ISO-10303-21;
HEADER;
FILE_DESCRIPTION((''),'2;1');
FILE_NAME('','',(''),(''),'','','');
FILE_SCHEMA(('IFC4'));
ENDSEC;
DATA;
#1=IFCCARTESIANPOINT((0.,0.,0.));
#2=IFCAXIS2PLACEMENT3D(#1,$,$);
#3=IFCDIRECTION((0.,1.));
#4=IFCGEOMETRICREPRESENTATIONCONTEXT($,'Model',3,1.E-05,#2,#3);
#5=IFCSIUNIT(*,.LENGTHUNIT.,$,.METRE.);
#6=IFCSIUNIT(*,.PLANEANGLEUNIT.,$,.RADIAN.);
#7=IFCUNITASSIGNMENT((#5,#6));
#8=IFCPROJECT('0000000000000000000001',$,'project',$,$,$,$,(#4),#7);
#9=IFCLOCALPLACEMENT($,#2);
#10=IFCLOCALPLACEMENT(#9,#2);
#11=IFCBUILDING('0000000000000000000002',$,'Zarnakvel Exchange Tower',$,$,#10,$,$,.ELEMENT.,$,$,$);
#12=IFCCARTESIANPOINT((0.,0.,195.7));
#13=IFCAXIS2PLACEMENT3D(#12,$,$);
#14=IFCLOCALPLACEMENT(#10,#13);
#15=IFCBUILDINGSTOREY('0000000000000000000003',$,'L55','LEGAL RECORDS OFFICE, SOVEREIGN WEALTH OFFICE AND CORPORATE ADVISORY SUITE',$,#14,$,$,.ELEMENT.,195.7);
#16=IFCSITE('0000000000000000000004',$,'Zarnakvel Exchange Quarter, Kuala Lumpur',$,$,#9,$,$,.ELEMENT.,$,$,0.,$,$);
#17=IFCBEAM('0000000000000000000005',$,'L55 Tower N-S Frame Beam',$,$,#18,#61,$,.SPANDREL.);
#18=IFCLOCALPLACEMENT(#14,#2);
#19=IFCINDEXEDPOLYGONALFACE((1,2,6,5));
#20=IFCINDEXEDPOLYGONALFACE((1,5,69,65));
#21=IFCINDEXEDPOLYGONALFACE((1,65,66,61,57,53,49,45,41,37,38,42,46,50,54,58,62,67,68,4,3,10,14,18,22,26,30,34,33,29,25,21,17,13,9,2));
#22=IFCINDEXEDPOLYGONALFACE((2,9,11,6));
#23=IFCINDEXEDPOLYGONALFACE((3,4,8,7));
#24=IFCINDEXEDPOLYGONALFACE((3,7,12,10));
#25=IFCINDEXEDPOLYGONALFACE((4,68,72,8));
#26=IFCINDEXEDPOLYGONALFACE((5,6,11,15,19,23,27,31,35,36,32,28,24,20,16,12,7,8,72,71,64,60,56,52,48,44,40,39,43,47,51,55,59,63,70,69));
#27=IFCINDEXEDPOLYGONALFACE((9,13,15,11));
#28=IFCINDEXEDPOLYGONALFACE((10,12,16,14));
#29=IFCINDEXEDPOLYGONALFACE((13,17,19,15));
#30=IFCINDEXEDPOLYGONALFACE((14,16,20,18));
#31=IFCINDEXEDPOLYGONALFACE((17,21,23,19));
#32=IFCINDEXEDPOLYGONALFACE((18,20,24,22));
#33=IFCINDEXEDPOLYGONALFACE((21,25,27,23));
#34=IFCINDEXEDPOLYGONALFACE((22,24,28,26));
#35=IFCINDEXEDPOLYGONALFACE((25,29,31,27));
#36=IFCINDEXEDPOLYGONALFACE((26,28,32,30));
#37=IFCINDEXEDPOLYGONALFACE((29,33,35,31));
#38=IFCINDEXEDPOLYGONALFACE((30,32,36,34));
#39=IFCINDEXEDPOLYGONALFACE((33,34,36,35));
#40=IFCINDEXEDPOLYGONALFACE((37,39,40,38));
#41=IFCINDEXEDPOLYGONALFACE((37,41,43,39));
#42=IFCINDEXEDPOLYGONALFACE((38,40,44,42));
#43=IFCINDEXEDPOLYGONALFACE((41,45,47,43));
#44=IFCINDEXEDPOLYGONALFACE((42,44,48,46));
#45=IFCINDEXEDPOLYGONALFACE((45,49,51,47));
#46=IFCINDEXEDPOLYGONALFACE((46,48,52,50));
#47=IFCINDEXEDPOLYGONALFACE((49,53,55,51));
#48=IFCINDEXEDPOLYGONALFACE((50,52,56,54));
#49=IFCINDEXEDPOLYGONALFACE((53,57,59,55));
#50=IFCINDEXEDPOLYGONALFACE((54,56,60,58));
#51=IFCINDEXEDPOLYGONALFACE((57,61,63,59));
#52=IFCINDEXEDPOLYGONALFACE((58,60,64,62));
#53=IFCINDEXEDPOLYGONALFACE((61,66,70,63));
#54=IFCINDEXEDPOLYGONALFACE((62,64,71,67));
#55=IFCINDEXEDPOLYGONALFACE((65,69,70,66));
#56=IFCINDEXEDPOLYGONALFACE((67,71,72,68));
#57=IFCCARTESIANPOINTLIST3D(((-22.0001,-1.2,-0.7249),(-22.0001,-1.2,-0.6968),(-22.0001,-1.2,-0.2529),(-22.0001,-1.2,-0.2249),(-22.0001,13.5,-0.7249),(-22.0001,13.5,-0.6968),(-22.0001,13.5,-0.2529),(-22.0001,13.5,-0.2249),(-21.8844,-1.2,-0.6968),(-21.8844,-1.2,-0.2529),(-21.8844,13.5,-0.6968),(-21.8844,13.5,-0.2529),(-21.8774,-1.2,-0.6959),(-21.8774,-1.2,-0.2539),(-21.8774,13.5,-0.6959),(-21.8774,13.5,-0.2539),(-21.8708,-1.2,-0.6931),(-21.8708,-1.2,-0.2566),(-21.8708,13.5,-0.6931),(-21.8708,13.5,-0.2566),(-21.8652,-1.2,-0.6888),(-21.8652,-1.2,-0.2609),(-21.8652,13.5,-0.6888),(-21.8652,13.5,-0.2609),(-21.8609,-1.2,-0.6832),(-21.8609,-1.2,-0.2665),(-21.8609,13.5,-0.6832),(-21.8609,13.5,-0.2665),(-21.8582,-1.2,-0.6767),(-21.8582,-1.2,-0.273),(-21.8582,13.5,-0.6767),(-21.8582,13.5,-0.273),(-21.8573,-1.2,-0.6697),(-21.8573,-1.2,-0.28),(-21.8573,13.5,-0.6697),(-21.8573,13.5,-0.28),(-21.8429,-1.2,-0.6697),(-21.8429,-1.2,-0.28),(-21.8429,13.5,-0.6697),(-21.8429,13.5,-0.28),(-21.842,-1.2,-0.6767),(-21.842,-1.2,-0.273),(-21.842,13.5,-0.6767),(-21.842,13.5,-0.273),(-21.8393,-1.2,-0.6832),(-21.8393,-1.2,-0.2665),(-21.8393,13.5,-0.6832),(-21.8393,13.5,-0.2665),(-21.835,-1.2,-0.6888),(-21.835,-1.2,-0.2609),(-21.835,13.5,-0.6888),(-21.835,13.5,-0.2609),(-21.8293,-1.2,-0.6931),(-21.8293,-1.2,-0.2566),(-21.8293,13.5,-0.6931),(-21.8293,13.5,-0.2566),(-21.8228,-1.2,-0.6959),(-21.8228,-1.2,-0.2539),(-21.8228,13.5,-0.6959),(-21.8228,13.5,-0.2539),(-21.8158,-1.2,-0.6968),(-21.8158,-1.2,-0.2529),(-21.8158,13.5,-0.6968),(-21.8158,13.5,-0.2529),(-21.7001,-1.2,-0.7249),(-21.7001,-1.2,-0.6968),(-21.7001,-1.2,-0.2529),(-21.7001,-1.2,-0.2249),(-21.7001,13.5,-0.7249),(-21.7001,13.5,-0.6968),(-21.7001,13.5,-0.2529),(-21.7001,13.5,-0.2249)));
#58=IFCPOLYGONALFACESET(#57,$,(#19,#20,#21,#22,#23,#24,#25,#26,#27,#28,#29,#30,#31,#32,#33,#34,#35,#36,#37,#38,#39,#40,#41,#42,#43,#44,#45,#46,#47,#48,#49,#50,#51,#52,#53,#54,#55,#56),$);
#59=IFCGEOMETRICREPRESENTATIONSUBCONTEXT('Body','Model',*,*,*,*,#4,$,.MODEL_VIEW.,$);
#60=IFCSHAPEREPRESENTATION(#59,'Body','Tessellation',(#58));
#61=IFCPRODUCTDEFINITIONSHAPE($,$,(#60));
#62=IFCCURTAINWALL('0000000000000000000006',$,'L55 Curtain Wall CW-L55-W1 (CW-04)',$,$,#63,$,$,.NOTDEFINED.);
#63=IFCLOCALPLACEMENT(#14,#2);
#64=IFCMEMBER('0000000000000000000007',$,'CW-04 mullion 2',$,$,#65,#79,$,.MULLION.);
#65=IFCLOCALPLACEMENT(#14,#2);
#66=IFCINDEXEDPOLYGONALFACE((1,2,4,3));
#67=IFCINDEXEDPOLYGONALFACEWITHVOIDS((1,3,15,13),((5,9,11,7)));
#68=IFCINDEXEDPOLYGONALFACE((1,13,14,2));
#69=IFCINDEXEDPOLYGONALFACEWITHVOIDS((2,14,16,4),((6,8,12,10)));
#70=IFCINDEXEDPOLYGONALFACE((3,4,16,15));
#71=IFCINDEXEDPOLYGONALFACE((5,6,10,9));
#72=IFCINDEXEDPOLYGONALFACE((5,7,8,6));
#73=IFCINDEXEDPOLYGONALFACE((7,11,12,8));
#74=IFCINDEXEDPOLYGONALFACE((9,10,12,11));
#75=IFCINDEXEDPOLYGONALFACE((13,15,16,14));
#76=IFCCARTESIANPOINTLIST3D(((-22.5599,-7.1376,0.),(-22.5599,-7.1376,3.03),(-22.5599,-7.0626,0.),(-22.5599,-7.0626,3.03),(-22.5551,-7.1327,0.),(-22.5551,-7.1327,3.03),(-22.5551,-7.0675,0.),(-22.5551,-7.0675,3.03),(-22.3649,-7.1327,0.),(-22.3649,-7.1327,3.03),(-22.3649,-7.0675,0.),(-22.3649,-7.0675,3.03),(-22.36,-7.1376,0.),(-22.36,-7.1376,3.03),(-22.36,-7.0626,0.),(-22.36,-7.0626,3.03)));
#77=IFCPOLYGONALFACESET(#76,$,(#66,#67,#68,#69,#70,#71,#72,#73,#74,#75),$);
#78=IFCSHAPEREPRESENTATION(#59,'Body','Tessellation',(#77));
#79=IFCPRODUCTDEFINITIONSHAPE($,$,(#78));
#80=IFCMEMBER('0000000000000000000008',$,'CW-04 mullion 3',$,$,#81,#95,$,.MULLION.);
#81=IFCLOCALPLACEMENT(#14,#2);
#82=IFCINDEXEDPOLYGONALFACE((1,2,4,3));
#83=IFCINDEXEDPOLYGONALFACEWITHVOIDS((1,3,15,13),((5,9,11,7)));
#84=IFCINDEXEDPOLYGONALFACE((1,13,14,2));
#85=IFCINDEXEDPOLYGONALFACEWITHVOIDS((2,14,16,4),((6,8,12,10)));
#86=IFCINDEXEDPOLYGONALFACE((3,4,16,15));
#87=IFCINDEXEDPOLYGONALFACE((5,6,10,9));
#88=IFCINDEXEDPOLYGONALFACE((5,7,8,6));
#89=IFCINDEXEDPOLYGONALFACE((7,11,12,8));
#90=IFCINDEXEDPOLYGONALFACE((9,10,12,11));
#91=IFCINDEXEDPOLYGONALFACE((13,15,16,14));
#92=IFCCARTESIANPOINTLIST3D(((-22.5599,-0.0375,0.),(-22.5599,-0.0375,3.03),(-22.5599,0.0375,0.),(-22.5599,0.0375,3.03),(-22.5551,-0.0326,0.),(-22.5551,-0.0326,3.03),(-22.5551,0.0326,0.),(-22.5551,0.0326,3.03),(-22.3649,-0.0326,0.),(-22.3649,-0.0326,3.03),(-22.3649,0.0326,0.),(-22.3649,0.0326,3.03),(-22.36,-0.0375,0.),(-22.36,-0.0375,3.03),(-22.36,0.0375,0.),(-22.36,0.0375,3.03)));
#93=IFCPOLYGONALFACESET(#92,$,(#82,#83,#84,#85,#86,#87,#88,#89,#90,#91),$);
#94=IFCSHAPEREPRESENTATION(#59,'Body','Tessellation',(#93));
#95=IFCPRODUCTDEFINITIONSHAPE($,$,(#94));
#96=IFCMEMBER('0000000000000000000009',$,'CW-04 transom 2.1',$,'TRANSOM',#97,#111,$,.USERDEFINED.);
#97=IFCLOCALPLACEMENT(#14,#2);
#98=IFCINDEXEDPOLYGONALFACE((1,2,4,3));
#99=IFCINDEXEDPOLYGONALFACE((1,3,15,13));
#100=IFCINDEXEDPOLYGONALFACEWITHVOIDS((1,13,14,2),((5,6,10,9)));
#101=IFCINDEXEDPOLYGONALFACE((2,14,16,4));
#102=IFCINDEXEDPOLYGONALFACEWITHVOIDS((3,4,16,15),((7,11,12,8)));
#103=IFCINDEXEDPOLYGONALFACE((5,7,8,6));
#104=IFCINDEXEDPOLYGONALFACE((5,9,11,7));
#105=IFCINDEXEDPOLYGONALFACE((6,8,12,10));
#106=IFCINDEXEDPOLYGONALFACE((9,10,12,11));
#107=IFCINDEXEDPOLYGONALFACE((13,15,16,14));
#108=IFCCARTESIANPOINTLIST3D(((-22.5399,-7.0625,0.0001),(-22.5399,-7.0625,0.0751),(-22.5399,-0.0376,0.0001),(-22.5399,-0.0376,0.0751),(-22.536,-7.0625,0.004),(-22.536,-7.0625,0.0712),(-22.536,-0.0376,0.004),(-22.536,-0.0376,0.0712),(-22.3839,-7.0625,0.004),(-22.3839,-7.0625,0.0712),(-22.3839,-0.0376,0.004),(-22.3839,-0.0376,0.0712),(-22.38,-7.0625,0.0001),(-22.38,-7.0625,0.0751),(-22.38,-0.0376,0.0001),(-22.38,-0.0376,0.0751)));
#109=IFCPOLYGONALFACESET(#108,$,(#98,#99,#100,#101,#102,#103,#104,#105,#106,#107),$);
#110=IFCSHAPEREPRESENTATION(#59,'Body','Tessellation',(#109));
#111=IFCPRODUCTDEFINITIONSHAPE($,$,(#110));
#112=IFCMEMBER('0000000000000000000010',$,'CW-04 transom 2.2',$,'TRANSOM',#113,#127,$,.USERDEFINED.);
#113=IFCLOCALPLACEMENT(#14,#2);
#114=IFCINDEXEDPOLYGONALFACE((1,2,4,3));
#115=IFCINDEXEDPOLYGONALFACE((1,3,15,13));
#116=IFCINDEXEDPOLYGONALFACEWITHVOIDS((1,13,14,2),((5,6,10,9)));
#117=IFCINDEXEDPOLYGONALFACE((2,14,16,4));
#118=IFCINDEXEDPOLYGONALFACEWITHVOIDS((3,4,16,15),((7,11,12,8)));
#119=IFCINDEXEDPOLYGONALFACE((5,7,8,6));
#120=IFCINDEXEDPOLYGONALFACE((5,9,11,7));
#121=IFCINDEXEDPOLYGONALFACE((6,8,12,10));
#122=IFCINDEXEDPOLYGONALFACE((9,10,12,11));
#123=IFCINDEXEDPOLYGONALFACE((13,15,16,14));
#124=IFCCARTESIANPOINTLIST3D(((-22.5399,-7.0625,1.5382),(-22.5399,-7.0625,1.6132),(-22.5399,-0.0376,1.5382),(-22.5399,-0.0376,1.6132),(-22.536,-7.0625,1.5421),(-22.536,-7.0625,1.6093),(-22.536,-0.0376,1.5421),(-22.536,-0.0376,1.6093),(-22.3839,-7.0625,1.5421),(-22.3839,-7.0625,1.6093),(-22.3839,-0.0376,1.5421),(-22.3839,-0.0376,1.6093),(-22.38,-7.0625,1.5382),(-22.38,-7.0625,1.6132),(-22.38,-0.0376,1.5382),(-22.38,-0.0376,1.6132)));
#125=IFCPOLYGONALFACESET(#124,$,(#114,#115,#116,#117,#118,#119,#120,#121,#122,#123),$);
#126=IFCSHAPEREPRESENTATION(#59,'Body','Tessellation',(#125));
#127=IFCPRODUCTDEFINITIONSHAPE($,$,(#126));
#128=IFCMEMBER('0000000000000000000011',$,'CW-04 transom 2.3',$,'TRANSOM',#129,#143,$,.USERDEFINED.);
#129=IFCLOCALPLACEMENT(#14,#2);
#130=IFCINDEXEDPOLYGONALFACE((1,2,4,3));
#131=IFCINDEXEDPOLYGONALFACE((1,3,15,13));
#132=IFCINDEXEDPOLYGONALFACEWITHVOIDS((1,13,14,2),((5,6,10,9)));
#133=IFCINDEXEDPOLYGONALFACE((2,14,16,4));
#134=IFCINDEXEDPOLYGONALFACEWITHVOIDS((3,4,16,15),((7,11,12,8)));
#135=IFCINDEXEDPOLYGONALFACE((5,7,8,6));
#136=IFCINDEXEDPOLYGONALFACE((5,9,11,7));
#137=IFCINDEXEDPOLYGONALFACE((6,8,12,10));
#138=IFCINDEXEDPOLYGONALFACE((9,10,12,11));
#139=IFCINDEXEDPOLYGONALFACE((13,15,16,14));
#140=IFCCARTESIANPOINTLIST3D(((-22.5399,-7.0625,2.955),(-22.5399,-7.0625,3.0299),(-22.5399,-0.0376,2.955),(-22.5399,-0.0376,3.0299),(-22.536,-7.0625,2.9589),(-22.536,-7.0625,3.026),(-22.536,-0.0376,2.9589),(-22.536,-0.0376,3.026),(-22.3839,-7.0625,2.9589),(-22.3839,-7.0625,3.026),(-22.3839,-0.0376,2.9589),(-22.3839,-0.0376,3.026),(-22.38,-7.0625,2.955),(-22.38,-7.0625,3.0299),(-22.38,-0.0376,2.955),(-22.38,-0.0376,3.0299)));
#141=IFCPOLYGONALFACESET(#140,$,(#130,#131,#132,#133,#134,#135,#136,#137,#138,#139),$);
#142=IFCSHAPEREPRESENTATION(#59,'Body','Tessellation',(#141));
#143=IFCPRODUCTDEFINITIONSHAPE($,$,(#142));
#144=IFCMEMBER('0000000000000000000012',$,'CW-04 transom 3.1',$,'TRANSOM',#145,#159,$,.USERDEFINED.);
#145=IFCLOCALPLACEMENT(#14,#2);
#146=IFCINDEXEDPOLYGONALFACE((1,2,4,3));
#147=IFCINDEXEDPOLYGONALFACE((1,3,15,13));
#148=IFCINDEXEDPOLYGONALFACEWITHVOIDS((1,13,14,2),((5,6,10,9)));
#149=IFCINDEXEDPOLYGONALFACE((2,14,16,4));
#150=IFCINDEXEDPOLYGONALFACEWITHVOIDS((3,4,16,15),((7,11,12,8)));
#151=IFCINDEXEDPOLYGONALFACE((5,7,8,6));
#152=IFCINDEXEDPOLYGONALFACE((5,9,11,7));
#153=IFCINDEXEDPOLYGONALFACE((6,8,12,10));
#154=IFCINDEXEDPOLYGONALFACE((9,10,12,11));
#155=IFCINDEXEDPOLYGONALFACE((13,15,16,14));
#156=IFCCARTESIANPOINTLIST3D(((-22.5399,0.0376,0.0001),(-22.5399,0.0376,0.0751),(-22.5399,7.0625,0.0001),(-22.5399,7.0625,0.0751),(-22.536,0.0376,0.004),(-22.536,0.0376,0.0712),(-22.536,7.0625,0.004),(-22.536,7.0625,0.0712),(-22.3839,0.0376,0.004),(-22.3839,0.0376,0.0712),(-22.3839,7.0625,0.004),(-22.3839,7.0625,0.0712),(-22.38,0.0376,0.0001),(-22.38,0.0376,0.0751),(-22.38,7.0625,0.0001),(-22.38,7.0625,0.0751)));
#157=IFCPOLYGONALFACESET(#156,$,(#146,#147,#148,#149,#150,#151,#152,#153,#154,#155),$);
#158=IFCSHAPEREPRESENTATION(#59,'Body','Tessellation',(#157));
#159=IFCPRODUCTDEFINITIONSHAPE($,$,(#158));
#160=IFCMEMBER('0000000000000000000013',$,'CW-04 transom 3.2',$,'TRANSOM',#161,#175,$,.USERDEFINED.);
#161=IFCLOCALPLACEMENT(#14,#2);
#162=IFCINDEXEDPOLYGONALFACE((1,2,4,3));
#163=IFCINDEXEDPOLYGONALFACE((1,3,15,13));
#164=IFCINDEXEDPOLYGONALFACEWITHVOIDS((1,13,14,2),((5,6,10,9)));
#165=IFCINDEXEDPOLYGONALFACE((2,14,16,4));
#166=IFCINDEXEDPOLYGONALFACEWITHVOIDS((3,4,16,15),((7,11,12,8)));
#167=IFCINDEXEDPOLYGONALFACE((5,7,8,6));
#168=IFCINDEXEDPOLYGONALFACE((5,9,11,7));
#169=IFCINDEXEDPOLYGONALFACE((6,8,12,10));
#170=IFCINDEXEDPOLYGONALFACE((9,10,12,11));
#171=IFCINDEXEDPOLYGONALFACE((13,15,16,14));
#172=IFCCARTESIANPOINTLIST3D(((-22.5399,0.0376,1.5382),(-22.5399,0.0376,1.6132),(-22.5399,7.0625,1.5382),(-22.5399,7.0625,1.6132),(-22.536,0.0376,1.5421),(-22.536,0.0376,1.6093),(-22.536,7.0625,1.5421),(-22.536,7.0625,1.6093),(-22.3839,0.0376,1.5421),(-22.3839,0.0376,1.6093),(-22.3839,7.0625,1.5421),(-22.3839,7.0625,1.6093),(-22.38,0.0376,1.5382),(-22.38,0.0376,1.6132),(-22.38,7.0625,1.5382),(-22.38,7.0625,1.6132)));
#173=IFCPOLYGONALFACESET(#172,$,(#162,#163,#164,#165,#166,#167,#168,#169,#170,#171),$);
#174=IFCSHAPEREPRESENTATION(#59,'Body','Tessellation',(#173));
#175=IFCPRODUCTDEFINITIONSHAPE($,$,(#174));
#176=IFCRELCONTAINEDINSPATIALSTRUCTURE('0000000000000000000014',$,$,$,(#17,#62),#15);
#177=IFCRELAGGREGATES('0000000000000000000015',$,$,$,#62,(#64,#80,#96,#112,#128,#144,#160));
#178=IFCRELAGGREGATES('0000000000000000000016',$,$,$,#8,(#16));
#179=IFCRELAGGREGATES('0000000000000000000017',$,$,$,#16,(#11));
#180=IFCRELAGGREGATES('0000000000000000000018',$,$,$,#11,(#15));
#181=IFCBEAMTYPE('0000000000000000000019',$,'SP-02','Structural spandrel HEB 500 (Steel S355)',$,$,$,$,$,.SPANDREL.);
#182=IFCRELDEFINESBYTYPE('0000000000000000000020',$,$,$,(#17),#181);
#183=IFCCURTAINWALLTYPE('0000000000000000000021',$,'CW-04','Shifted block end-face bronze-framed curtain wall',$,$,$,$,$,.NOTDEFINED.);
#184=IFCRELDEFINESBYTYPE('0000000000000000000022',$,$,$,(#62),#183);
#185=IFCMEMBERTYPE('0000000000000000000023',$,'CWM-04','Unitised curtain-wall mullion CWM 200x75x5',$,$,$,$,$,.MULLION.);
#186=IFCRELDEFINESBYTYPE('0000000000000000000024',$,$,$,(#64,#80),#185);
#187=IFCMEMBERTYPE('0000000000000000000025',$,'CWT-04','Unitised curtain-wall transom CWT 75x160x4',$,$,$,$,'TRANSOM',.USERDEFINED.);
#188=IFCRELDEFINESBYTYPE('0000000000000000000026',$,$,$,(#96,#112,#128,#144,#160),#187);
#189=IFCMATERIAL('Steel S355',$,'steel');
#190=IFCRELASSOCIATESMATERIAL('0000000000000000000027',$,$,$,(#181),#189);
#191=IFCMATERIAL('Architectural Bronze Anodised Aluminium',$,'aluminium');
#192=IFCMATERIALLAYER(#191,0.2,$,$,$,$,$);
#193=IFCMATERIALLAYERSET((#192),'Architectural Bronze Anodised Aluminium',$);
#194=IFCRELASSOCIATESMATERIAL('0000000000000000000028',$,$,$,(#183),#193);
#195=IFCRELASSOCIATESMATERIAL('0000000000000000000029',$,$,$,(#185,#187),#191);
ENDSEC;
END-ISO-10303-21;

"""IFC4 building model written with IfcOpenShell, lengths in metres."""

from ifc_helpers import new_model, si_unit, direction, frame, origin, origin_2d, place, context, subcontext, project, spatial, hollow_rectangle, i_section, extrude, source, transform, mapped, material, layer, layer_set, material_profile, profile_set, type_object, element, aggregate, save


model = new_model("IFC4")

# Units and contexts
model_context = context("Model", 3, precision=1e-05, world=origin(), true_north=direction((0.0, 1.0)))
body_context = subcontext(model_context, "Body", "Model", "MODEL_VIEW")
ifc_project = project(units=[si_unit("LENGTHUNIT", "METRE"), si_unit("PLANEANGLEUNIT", "RADIAN")], contexts=[model_context])

# Site, building, storey
site_placement = place(None, origin())
site = spatial("IfcSite", under=ifc_project, at=site_placement, Name="Zarnakvel Exchange Quarter, Kuala Lumpur", CompositionType="ELEMENT", RefElevation=0.0)
building_placement = place(site_placement, origin())
building = spatial("IfcBuilding", under=site, at=building_placement, Name="Zarnakvel Exchange Tower", CompositionType="ELEMENT")
storey_placement = place(building_placement, frame((0.0, 0.0, 195.7)))
storey = spatial("IfcBuildingStorey", under=building, at=storey_placement, Name="L55", Description="LEGAL RECORDS OFFICE, SOVEREIGN WEALTH OFFICE AND CORPORATE ADVISORY SUITE", CompositionType="ELEMENT", Elevation=195.7)

# Shared definitions
ifc_material_1 = material(Name="Steel S355", Category="steel")

# Beam
ifc_material_profile_1 = material_profile(ifc_material_1, i_section(OverallWidth=0.3, OverallDepth=0.5, WebThickness=0.0144, FlangeThickness=0.0281, FilletRadius=0.0271, at=origin_2d()))
ifc_profile_set_1 = profile_set([ifc_material_profile_1], Name="Steel S355")
beam_type_1 = type_object("IfcBeamType", Name="SP-02", Description="Structural spandrel HEB 500 (Steel S355)", PredefinedType="SPANDREL", material=ifc_profile_set_1)
beam_1_placement = place(storey_placement, frame((-21.8501, -1.2, -0.4749), z_axis=(0.0, 1.0, 0.0), x_axis=(-1.0, 0.0, 0.0)))
element("IfcBeam", 1, at=beam_1_placement, inside=storey, type_object=beam_type_1, Name="L55 Tower N-S Frame Beam", PredefinedType="SPANDREL", context=body_context, shape_type="SweptSolid", body=[
    extrude(i_section(OverallWidth=0.3, OverallDepth=0.5, WebThickness=0.0144, FlangeThickness=0.0281, FilletRadius=0.0271, at=origin_2d()), origin(), (0.0, 0.0, 1.0), 14.7),
])

# Curtain wall, members
ifc_material_2 = material(Name="Architectural Bronze Anodised Aluminium", Category="aluminium")
ifc_layer_1 = layer(ifc_material_2, 0.2)
ifc_layer_set_1 = layer_set([ifc_layer_1], Name="Architectural Bronze Anodised Aluminium")
curtain_wall_type = type_object("IfcCurtainWallType", Name="CW-04", Description="Shifted block end-face bronze-framed curtain wall", PredefinedType="NOTDEFINED", material=ifc_layer_set_1)
curtain_wall_placement = place(storey_placement, origin())
curtain_wall = element("IfcCurtainWall", 2, at=curtain_wall_placement, inside=storey, type_object=curtain_wall_type, Name="L55 Curtain Wall CW-L55-W1 (CW-04)", PredefinedType="NOTDEFINED")
ifc_material_profile_2 = material_profile(ifc_material_2, hollow_rectangle(XDim=0.2, YDim=0.075, WallThickness=0.0049, at=origin_2d()))
ifc_profile_set_2 = profile_set([ifc_material_profile_2], Name="Architectural Bronze Anodised Aluminium")
member_type_1 = type_object("IfcMemberType", Name="CWM-04", Description="Unitised curtain-wall mullion CWM 200x75x5", PredefinedType="MULLION", material=ifc_profile_set_2)
shared_shape_1 = source(origin(), body_context, "Body", "SweptSolid", [
    extrude(hollow_rectangle(XDim=0.2, YDim=0.075, WallThickness=0.0049, at=origin_2d()), origin(), (0.0, 0.0, 1.0), 3.03),
])
member_1_placement = place(storey_placement, frame((-22.46, -7.1001, 0.0), z_axis=(0.0, 0.0, 1.0), x_axis=(-1.0, 0.0, 0.0)))
member_1 = element("IfcMember", 3, at=member_1_placement, type_object=member_type_1, Name="CW-04 mullion 2", PredefinedType="MULLION", context=body_context, shape_type="MappedRepresentation", body=[
    mapped(shared_shape_1, transform((0.0, 0.0, 0.0), x_axis=(1.0, 0.0, 0.0), y_axis=(0.0, 1.0, 0.0), z_axis=(0.0, 0.0, 1.0), scale=1.0)),
])
member_2_placement = place(storey_placement, frame((-22.46, 0.0, 0.0), z_axis=(0.0, 0.0, 1.0), x_axis=(-1.0, 0.0, 0.0)))
member_2 = element("IfcMember", 4, at=member_2_placement, type_object=member_type_1, Name="CW-04 mullion 3", PredefinedType="MULLION", context=body_context, shape_type="MappedRepresentation", body=[
    mapped(shared_shape_1, transform((0.0, 0.0, 0.0), x_axis=(1.0, 0.0, 0.0), y_axis=(0.0, 1.0, 0.0), z_axis=(0.0, 0.0, 1.0), scale=1.0)),
])
ifc_material_profile_3 = material_profile(ifc_material_2, hollow_rectangle(XDim=0.1599, YDim=0.075, WallThickness=0.0039, at=origin_2d()))
ifc_profile_set_3 = profile_set([ifc_material_profile_3], Name="Architectural Bronze Anodised Aluminium")
member_type_2 = type_object("IfcMemberType", Name="CWT-04", Description="Unitised curtain-wall transom CWT 75x160x4", ElementType="TRANSOM", PredefinedType="USERDEFINED", material=ifc_profile_set_3)
shared_shape_2 = source(origin(), body_context, "Body", "SweptSolid", [
    extrude(hollow_rectangle(XDim=0.1599, YDim=0.075, WallThickness=0.0039, at=origin_2d()), origin(), (0.0, 0.0, 1.0), 7.0249),
])
member_3_placement = place(storey_placement, frame((-22.46, -7.0625, 0.0376), z_axis=(0.0, 1.0, 0.0), x_axis=(-1.0, 0.0, 0.0)))
member_3 = element("IfcMember", 5, at=member_3_placement, type_object=member_type_2, Name="CW-04 transom 2.1", ObjectType="TRANSOM", PredefinedType="USERDEFINED", context=body_context, shape_type="MappedRepresentation", body=[
    mapped(shared_shape_2, transform((0.0, 0.0, 0.0), x_axis=(1.0, 0.0, 0.0), y_axis=(0.0, 1.0, 0.0), z_axis=(0.0, 0.0, 1.0), scale=1.0)),
])
member_4_placement = place(storey_placement, frame((-22.46, -7.0625, 1.5757), z_axis=(0.0, 1.0, 0.0), x_axis=(-1.0, 0.0, 0.0)))
member_4 = element("IfcMember", 6, at=member_4_placement, type_object=member_type_2, Name="CW-04 transom 2.2", ObjectType="TRANSOM", PredefinedType="USERDEFINED", context=body_context, shape_type="MappedRepresentation", body=[
    mapped(shared_shape_2, transform((0.0, 0.0, 0.0), x_axis=(1.0, 0.0, 0.0), y_axis=(0.0, 1.0, 0.0), z_axis=(0.0, 0.0, 1.0), scale=1.0)),
])
member_5_placement = place(storey_placement, frame((-22.46, -7.0625, 2.9924), z_axis=(0.0, 1.0, 0.0), x_axis=(-1.0, 0.0, 0.0)))
member_5 = element("IfcMember", 7, at=member_5_placement, type_object=member_type_2, Name="CW-04 transom 2.3", ObjectType="TRANSOM", PredefinedType="USERDEFINED", context=body_context, shape_type="MappedRepresentation", body=[
    mapped(shared_shape_2, transform((0.0, 0.0, 0.0), x_axis=(1.0, 0.0, 0.0), y_axis=(0.0, 1.0, 0.0), z_axis=(0.0, 0.0, 1.0), scale=1.0)),
])
member_6_placement = place(storey_placement, frame((-22.46, 0.0376, 0.0376), z_axis=(0.0, 1.0, 0.0), x_axis=(-1.0, 0.0, 0.0)))
member_6 = element("IfcMember", 8, at=member_6_placement, type_object=member_type_2, Name="CW-04 transom 3.1", ObjectType="TRANSOM", PredefinedType="USERDEFINED", context=body_context, shape_type="MappedRepresentation", body=[
    mapped(shared_shape_2, transform((0.0, 0.0, 0.0), x_axis=(1.0, 0.0, 0.0), y_axis=(0.0, 1.0, 0.0), z_axis=(0.0, 0.0, 1.0), scale=1.0)),
])
member_7_placement = place(storey_placement, frame((-22.46, 0.0376, 1.5757), z_axis=(0.0, 1.0, 0.0), x_axis=(-1.0, 0.0, 0.0)))
member_7 = element("IfcMember", 9, at=member_7_placement, type_object=member_type_2, Name="CW-04 transom 3.2", ObjectType="TRANSOM", PredefinedType="USERDEFINED", context=body_context, shape_type="MappedRepresentation", body=[
    mapped(shared_shape_2, transform((0.0, 0.0, 0.0), x_axis=(1.0, 0.0, 0.0), y_axis=(0.0, 1.0, 0.0), z_axis=(0.0, 0.0, 1.0), scale=1.0)),
])
aggregate(curtain_wall, [member_1, member_2, member_3, member_4, member_5, member_6, member_7])

save(model, "model.ifc")
